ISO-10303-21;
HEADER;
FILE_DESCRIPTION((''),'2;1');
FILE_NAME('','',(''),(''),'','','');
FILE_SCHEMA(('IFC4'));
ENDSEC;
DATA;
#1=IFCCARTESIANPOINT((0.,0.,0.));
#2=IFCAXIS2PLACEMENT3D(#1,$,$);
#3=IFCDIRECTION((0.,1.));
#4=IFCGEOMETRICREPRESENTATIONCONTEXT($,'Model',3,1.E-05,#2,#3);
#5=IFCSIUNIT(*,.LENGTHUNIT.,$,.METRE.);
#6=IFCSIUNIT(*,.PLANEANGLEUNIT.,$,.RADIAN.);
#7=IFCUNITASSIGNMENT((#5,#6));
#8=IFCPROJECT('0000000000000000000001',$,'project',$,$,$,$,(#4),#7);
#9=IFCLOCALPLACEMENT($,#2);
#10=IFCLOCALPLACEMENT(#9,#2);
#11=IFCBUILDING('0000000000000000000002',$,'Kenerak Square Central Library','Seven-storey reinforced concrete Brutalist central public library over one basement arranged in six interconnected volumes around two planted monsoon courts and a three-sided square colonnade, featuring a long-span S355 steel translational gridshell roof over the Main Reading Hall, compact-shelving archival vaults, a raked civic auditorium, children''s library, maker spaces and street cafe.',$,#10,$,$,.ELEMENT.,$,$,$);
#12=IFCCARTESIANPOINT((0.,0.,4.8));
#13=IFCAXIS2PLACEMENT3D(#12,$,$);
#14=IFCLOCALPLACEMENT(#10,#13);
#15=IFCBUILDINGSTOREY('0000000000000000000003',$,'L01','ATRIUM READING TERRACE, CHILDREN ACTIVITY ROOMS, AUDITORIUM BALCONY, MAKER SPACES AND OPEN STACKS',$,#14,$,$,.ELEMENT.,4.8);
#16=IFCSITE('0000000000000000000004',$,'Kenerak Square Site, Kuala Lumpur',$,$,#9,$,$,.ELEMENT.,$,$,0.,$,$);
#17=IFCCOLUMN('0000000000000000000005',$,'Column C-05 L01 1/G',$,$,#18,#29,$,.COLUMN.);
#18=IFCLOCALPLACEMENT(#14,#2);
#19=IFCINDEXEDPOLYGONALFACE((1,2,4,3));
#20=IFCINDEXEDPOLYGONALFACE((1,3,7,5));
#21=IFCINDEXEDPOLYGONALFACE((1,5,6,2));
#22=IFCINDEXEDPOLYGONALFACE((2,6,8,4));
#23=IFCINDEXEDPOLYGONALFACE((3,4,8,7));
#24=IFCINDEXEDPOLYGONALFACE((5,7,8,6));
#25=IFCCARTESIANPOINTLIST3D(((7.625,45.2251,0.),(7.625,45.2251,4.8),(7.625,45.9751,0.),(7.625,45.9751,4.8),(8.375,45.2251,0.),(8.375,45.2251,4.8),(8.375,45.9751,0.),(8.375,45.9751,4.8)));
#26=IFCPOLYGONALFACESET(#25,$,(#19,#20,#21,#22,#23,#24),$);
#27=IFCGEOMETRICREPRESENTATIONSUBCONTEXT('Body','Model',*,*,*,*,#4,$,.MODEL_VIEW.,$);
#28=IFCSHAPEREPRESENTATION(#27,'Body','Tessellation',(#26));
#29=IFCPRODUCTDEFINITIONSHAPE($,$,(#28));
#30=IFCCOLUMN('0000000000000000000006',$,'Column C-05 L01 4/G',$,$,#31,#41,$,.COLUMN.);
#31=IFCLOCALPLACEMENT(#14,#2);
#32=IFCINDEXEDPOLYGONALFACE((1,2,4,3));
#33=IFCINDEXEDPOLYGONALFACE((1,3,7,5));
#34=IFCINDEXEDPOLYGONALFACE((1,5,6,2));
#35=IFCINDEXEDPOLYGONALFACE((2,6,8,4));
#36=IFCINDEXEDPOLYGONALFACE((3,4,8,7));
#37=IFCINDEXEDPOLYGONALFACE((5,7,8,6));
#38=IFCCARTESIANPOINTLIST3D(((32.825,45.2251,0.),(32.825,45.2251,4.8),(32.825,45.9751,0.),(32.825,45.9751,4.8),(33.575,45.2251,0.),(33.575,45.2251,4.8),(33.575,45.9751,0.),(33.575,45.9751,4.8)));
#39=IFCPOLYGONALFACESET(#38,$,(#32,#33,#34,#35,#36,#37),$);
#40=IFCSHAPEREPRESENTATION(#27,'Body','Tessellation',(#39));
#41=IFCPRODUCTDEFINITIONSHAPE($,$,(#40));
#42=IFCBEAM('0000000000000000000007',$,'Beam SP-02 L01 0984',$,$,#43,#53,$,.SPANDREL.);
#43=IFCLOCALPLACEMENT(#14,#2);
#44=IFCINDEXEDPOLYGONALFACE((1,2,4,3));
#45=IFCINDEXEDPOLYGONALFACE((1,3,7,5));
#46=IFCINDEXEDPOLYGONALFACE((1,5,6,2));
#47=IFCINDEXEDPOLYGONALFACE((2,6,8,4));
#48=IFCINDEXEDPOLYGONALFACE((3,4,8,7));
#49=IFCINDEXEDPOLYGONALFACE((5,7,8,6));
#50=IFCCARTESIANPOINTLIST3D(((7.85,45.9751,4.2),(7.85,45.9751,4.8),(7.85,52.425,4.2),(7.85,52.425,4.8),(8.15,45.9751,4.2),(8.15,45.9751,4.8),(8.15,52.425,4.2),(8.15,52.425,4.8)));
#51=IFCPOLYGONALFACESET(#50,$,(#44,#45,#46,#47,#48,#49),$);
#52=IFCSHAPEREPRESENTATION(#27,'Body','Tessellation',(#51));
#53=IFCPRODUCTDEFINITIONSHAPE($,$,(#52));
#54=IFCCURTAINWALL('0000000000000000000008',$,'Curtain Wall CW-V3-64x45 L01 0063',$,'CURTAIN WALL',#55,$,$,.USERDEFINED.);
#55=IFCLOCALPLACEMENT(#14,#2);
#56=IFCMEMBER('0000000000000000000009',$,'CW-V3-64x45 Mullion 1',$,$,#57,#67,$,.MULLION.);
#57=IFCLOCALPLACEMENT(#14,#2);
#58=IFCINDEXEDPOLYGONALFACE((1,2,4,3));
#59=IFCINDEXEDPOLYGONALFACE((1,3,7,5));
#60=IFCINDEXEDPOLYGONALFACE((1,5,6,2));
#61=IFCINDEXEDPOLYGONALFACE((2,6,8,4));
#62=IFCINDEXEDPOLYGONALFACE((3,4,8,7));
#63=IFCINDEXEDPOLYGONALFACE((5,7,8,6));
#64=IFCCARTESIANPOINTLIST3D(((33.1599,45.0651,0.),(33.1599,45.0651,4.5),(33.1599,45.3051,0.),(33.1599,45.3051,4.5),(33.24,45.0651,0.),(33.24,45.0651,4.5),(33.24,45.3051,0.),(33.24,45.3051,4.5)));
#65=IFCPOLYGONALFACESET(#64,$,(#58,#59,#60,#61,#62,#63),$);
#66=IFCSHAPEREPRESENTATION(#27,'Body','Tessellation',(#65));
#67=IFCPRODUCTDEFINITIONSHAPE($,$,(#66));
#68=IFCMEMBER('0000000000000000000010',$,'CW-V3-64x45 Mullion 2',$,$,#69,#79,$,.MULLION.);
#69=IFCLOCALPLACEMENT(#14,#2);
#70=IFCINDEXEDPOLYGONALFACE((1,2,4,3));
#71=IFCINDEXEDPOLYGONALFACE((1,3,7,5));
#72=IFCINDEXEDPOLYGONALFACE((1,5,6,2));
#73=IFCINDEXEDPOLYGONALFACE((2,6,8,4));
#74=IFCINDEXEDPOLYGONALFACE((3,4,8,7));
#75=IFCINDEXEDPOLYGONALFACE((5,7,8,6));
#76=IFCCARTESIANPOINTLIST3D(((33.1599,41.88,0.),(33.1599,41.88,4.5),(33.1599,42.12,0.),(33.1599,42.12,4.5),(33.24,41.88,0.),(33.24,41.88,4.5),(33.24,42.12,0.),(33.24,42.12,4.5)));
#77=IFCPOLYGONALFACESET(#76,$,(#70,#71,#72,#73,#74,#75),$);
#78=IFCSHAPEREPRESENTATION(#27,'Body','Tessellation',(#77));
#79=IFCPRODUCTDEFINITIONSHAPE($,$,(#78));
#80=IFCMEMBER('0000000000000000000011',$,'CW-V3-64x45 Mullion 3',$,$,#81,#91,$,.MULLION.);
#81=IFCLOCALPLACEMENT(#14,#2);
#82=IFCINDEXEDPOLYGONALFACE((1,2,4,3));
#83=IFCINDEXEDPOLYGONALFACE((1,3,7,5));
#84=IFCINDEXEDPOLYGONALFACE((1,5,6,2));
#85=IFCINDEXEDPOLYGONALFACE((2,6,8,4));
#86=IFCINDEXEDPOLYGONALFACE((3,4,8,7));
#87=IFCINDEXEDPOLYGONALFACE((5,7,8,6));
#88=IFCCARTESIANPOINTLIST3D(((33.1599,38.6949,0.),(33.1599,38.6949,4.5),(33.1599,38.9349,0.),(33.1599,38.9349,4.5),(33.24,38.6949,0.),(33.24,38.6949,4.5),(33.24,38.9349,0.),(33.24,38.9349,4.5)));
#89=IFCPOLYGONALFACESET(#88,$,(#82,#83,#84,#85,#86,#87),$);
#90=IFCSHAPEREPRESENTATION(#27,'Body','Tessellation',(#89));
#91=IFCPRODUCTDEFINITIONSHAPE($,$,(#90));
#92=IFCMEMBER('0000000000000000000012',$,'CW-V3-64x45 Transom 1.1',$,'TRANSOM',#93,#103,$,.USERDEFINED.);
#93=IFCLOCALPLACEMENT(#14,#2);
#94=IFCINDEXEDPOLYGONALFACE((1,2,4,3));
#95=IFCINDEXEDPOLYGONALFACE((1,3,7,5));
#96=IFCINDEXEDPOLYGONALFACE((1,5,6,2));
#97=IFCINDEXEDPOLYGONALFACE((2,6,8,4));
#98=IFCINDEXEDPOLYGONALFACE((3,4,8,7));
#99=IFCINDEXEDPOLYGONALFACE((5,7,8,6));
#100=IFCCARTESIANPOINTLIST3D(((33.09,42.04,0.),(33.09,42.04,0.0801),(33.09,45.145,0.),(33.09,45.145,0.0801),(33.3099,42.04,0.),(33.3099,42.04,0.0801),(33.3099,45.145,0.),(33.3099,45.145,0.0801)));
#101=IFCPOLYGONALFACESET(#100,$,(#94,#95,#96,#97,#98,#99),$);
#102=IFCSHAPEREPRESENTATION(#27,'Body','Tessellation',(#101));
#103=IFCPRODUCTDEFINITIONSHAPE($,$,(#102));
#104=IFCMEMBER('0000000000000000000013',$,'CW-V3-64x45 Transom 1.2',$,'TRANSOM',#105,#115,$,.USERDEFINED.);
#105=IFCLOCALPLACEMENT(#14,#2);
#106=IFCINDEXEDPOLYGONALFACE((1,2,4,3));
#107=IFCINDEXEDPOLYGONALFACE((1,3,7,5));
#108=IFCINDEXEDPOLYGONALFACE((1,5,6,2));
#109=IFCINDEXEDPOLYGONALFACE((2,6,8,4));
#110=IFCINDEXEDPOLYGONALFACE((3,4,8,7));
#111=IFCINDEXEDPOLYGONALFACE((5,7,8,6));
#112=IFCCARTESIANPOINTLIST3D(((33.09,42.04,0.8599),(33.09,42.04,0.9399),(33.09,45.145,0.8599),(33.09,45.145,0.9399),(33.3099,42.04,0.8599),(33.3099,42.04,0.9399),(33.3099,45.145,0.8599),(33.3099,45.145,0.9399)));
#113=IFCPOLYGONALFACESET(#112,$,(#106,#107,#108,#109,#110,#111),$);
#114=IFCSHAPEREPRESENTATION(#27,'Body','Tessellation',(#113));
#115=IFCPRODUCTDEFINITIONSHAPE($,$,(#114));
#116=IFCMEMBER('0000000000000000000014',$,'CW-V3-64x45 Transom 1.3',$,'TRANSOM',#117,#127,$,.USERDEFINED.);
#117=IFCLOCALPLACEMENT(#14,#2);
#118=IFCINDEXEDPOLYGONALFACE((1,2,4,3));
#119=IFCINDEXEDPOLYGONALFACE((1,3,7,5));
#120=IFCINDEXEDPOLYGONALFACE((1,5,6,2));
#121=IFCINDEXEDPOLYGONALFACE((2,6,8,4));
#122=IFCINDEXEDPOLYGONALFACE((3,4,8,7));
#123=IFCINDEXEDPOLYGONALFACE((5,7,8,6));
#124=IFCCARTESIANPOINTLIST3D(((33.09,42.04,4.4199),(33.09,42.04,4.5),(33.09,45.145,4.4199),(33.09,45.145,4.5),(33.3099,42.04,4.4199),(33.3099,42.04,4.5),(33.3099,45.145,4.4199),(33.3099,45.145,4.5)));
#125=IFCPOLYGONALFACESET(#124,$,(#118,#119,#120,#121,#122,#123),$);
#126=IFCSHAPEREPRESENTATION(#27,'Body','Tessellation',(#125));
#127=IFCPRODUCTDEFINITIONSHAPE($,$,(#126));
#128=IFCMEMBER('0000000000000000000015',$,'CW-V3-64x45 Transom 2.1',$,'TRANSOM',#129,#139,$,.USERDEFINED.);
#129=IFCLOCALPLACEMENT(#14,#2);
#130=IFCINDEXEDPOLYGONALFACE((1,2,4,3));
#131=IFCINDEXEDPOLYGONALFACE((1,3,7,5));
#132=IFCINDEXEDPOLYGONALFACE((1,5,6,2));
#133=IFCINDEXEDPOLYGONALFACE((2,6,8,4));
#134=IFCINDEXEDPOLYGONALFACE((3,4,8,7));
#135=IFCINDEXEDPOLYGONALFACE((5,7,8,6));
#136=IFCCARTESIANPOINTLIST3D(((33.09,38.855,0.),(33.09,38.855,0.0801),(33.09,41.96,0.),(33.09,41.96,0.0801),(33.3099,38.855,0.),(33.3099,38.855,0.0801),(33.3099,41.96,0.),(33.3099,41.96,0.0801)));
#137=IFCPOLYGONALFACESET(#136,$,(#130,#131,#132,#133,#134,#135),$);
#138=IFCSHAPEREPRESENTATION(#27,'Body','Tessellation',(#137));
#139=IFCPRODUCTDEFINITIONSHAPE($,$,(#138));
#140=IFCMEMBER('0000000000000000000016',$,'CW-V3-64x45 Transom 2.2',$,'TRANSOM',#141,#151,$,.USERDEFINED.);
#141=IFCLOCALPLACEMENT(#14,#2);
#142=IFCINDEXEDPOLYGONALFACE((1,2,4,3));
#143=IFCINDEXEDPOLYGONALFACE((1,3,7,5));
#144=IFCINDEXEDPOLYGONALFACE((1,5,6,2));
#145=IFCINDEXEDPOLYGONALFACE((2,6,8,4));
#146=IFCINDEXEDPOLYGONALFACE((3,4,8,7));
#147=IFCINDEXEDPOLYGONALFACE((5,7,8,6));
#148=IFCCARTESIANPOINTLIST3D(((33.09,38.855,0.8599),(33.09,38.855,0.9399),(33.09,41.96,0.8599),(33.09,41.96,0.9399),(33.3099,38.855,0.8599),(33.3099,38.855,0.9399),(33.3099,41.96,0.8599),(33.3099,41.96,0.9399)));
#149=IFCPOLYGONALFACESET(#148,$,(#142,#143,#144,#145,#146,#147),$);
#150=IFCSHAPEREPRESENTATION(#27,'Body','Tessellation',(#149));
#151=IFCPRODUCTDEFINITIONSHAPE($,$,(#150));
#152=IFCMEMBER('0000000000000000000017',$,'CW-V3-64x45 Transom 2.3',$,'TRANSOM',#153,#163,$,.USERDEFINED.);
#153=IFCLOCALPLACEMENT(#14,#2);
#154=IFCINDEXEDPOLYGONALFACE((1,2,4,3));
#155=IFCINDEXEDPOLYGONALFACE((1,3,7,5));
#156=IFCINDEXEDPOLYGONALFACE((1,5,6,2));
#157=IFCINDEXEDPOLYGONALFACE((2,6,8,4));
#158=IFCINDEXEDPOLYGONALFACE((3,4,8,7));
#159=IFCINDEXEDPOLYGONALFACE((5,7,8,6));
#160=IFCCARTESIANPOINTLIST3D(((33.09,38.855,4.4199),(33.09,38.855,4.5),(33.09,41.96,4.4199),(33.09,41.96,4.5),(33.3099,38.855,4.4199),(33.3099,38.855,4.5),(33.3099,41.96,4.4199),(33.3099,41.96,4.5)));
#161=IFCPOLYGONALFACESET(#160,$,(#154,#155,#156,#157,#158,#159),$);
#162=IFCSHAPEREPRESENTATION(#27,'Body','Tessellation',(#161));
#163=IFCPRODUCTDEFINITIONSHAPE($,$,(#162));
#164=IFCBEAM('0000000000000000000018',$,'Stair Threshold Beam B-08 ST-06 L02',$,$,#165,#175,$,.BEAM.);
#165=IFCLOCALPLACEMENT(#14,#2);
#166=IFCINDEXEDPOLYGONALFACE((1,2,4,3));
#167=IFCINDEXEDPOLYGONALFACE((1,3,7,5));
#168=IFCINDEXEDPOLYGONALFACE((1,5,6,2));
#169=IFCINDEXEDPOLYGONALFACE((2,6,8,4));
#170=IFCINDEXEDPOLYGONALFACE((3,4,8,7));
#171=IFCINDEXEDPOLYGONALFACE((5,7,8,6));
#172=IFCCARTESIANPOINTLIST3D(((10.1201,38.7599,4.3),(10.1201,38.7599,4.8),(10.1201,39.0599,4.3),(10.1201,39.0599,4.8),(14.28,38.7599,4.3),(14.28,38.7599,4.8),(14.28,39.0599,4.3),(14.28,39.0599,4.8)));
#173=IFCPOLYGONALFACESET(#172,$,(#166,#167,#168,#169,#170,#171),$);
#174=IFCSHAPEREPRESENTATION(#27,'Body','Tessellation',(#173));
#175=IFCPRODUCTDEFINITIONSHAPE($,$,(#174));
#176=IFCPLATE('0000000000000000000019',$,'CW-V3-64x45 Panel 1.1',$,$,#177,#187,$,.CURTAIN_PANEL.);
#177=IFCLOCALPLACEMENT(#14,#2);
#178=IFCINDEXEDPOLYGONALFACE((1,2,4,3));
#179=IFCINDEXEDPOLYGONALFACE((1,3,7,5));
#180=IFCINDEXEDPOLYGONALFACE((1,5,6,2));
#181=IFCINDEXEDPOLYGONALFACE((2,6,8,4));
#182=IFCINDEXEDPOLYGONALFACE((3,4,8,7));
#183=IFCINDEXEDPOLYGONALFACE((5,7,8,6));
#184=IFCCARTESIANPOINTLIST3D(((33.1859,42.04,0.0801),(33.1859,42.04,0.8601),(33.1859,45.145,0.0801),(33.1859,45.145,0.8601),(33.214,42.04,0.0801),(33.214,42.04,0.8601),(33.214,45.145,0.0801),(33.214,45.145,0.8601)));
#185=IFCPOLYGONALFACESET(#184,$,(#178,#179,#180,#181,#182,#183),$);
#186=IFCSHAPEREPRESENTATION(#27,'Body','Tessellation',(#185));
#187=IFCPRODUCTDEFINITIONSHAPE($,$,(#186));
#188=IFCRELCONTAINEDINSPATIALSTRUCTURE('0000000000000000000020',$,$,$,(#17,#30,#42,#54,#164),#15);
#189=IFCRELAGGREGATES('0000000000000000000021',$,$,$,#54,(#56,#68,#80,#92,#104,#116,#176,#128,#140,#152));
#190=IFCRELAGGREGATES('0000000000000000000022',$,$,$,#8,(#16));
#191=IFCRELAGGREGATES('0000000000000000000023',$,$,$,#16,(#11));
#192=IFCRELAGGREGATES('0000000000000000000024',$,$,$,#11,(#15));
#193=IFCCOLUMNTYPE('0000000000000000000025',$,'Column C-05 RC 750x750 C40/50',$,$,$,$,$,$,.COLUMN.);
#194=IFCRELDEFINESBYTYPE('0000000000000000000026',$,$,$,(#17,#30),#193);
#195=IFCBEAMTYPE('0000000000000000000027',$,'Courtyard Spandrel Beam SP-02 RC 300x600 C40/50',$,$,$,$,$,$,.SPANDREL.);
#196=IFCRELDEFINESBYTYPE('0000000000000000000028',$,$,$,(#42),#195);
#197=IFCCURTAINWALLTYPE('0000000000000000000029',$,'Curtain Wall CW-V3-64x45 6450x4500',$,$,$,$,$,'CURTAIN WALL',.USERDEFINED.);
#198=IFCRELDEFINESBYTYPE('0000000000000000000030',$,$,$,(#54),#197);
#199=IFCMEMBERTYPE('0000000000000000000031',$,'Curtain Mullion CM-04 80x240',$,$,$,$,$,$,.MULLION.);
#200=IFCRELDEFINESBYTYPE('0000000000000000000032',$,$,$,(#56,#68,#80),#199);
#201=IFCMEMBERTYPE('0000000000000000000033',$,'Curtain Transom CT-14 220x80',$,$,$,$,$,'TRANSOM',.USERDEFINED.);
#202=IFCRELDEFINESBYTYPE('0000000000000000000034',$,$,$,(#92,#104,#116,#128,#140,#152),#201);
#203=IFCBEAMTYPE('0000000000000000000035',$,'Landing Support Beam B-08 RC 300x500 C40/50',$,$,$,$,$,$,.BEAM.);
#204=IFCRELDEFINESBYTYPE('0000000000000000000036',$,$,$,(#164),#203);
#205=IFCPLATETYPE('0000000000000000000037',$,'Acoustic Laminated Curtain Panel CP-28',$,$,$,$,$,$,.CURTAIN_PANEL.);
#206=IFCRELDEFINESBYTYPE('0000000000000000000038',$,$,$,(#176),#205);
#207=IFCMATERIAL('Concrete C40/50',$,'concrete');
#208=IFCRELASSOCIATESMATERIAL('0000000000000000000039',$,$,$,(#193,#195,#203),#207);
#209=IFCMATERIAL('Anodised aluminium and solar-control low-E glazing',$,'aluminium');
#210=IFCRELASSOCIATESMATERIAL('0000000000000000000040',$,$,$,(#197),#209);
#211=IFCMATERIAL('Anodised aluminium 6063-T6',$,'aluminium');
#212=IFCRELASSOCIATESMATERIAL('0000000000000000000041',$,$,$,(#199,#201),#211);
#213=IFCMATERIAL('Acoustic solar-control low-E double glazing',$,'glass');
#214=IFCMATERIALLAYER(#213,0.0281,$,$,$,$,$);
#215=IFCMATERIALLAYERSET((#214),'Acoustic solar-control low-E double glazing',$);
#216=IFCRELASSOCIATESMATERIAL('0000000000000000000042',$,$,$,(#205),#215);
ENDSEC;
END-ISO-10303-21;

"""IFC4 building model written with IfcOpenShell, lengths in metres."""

from ifc_helpers import new_model, si_unit, direction, frame, origin, origin_2d, place, context, subcontext, project, spatial, rectangle, extrude, material, layer, layer_set, material_profile, profile_set, type_object, element, aggregate, save


model = new_model("IFC4")

# Units and contexts
model_context = context("Model", 3, precision=1e-05, world=origin(), true_north=direction((0.0, 1.0)))
body_context = subcontext(model_context, "Body", "Model", "MODEL_VIEW")
ifc_project = project(units=[si_unit("LENGTHUNIT", "METRE"), si_unit("PLANEANGLEUNIT", "RADIAN")], contexts=[model_context])

# Site, building, storey
site_placement = place(None, origin())
site = spatial("IfcSite", under=ifc_project, at=site_placement, Name="Kenerak Square Site, Kuala Lumpur", CompositionType="ELEMENT", RefElevation=0.0)
building_placement = place(site_placement, origin())
building = spatial("IfcBuilding", under=site, at=building_placement, Name="Kenerak Square Central Library", Description="Seven-storey reinforced concrete Brutalist central public library over one basement arranged in six interconnected volumes around two planted monsoon courts and a three-sided square colonnade, featuring a long-span S355 steel translational gridshell roof over the Main Reading Hall, compact-shelving archival vaults, a raked civic auditorium, children's library, maker spaces and street cafe.", CompositionType="ELEMENT")
storey_placement = place(building_placement, frame((0.0, 0.0, 4.8)))
storey = spatial("IfcBuildingStorey", under=building, at=storey_placement, Name="L01", Description="ATRIUM READING TERRACE, CHILDREN ACTIVITY ROOMS, AUDITORIUM BALCONY, MAKER SPACES AND OPEN STACKS", CompositionType="ELEMENT", Elevation=4.8)

# Columns
ifc_material_1 = material(Name="Concrete C40/50", Category="concrete")
ifc_material_profile_1 = material_profile(ifc_material_1, rectangle(XDim=0.75, YDim=0.75, at=origin_2d()), Name="RC 750x750")
ifc_profile_set_1 = profile_set([ifc_material_profile_1], Name="Concrete C40/50")
column_type = type_object("IfcColumnType", Name="Column C-05 RC 750x750 C40/50", PredefinedType="COLUMN", material=ifc_profile_set_1)
for number, where, z_axis, x_axis, name in (
    (1, (8.0, 45.6001, 0.0), (0.0, 0.0, 1.0), (1.0, 0.0, 0.0), "Column C-05 L01 1/G"),
    (2, (33.2, 45.6001, 0.0), (0.0, 0.0, 1.0), (1.0, 0.0, 0.0), "Column C-05 L01 4/G"),
):
    element("IfcColumn", number, at=place(storey_placement, frame(where, z_axis=z_axis, x_axis=x_axis)), inside=storey, type_object=column_type, Name=name, PredefinedType="COLUMN", context=body_context, shape_type="SweptSolid", body=[
        extrude(rectangle(XDim=0.75, YDim=0.75, at=origin_2d()), origin(), (0.0, 0.0, 1.0), 4.8),
    ])

# Beam
ifc_material_profile_2 = material_profile(ifc_material_1, rectangle(XDim=0.3, YDim=0.6001, at=origin_2d()), Name="RC 300x600")
ifc_profile_set_2 = profile_set([ifc_material_profile_2], Name="Concrete C40/50")
beam_type_1 = type_object("IfcBeamType", Name="Courtyard Spandrel Beam SP-02 RC 300x600 C40/50", PredefinedType="SPANDREL", material=ifc_profile_set_2)
beam_1_placement = place(storey_placement, frame((8.0, 45.9751, 4.5), z_axis=(0.0, 1.0, 0.0), x_axis=(-1.0, 0.0, 0.0)))
element("IfcBeam", 3, at=beam_1_placement, inside=storey, type_object=beam_type_1, Name="Beam SP-02 L01 0984", PredefinedType="SPANDREL", context=body_context, shape_type="SweptSolid", body=[
    extrude(rectangle(XDim=0.3, YDim=0.6001, at=origin_2d()), origin(), (0.0, 0.0, 1.0), 6.45),
])

# Curtain wall, members
ifc_material_2 = material(Name="Anodised aluminium and solar-control low-E glazing", Category="aluminium")
curtain_wall_type = type_object("IfcCurtainWallType", Name="Curtain Wall CW-V3-64x45 6450x4500", ElementType="CURTAIN WALL", PredefinedType="USERDEFINED", material=ifc_material_2)
curtain_wall_placement = place(storey_placement, origin())
curtain_wall = element("IfcCurtainWall", 4, at=curtain_wall_placement, inside=storey, type_object=curtain_wall_type, Name="Curtain Wall CW-V3-64x45 L01 0063", ObjectType="CURTAIN WALL", PredefinedType="USERDEFINED")
ifc_material_3 = material(Name="Anodised aluminium 6063-T6", Category="aluminium")
ifc_material_profile_3 = material_profile(ifc_material_3, rectangle(XDim=0.0801, YDim=0.24, at=origin_2d()), Name="AL MULLION 80x240")
ifc_profile_set_3 = profile_set([ifc_material_profile_3], Name="Anodised aluminium 6063-T6")
member_type_1 = type_object("IfcMemberType", Name="Curtain Mullion CM-04 80x240", PredefinedType="MULLION", material=ifc_profile_set_3)
member_1_placement = place(storey_placement, frame((33.2, 45.1851, 0.0), z_axis=(0.0, 0.0, 1.0), x_axis=(1.0, 0.0, 0.0)))
member_1 = element("IfcMember", 5, at=member_1_placement, type_object=member_type_1, Name="CW-V3-64x45 Mullion 1", PredefinedType="MULLION", context=body_context, shape_type="SweptSolid", body=[
    extrude(rectangle(XDim=0.0801, YDim=0.24, at=origin_2d()), origin(), (0.0, 0.0, 1.0), 4.5),
])
member_2_placement = place(storey_placement, frame((33.2, 42.0, 0.0), z_axis=(0.0, 0.0, 1.0), x_axis=(1.0, 0.0, 0.0)))
member_2 = element("IfcMember", 6, at=member_2_placement, type_object=member_type_1, Name="CW-V3-64x45 Mullion 2", PredefinedType="MULLION", context=body_context, shape_type="SweptSolid", body=[
    extrude(rectangle(XDim=0.0801, YDim=0.24, at=origin_2d()), origin(), (0.0, 0.0, 1.0), 4.5),
])
member_3_placement = place(storey_placement, frame((33.2, 38.8149, 0.0), z_axis=(0.0, 0.0, 1.0), x_axis=(1.0, 0.0, 0.0)))
member_3 = element("IfcMember", 7, at=member_3_placement, type_object=member_type_1, Name="CW-V3-64x45 Mullion 3", PredefinedType="MULLION", context=body_context, shape_type="SweptSolid", body=[
    extrude(rectangle(XDim=0.0801, YDim=0.24, at=origin_2d()), origin(), (0.0, 0.0, 1.0), 4.5),
])
ifc_material_profile_4 = material_profile(ifc_material_3, rectangle(XDim=0.22, YDim=0.0801, at=origin_2d()), Name="AL TRANSOM 220x80")
ifc_profile_set_4 = profile_set([ifc_material_profile_4], Name="Anodised aluminium 6063-T6")
member_type_2 = type_object("IfcMemberType", Name="Curtain Transom CT-14 220x80", ElementType="TRANSOM", PredefinedType="USERDEFINED", material=ifc_profile_set_4)
member_4_placement = place(storey_placement, frame((33.2, 45.145, 0.04), z_axis=(0.0, -1.0, 0.0), x_axis=(1.0, 0.0, 0.0)))
member_4 = element("IfcMember", 8, at=member_4_placement, type_object=member_type_2, Name="CW-V3-64x45 Transom 1.1", ObjectType="TRANSOM", PredefinedType="USERDEFINED", context=body_context, shape_type="SweptSolid", body=[
    extrude(rectangle(XDim=0.22, YDim=0.0801, at=origin_2d()), origin(), (0.0, 0.0, 1.0), 3.105),
])
member_5_placement = place(storey_placement, frame((33.2, 45.145, 0.8999), z_axis=(0.0, -1.0, 0.0), x_axis=(1.0, 0.0, 0.0)))
member_5 = element("IfcMember", 9, at=member_5_placement, type_object=member_type_2, Name="CW-V3-64x45 Transom 1.2", ObjectType="TRANSOM", PredefinedType="USERDEFINED", context=body_context, shape_type="SweptSolid", body=[
    extrude(rectangle(XDim=0.22, YDim=0.0801, at=origin_2d()), origin(), (0.0, 0.0, 1.0), 3.105),
])
member_6_placement = place(storey_placement, frame((33.2, 45.145, 4.46), z_axis=(0.0, -1.0, 0.0), x_axis=(1.0, 0.0, 0.0)))
member_6 = element("IfcMember", 10, at=member_6_placement, type_object=member_type_2, Name="CW-V3-64x45 Transom 1.3", ObjectType="TRANSOM", PredefinedType="USERDEFINED", context=body_context, shape_type="SweptSolid", body=[
    extrude(rectangle(XDim=0.22, YDim=0.0801, at=origin_2d()), origin(), (0.0, 0.0, 1.0), 3.105),
])
member_7_placement = place(storey_placement, frame((33.2, 41.96, 0.04), z_axis=(0.0, -1.0, 0.0), x_axis=(1.0, 0.0, 0.0)))
member_7 = element("IfcMember", 11, at=member_7_placement, type_object=member_type_2, Name="CW-V3-64x45 Transom 2.1", ObjectType="TRANSOM", PredefinedType="USERDEFINED", context=body_context, shape_type="SweptSolid", body=[
    extrude(rectangle(XDim=0.22, YDim=0.0801, at=origin_2d()), origin(), (0.0, 0.0, 1.0), 3.105),
])
member_8_placement = place(storey_placement, frame((33.2, 41.96, 0.8999), z_axis=(0.0, -1.0, 0.0), x_axis=(1.0, 0.0, 0.0)))
member_8 = element("IfcMember", 12, at=member_8_placement, type_object=member_type_2, Name="CW-V3-64x45 Transom 2.2", ObjectType="TRANSOM", PredefinedType="USERDEFINED", context=body_context, shape_type="SweptSolid", body=[
    extrude(rectangle(XDim=0.22, YDim=0.0801, at=origin_2d()), origin(), (0.0, 0.0, 1.0), 3.105),
])
member_9_placement = place(storey_placement, frame((33.2, 41.96, 4.46), z_axis=(0.0, -1.0, 0.0), x_axis=(1.0, 0.0, 0.0)))
member_9 = element("IfcMember", 13, at=member_9_placement, type_object=member_type_2, Name="CW-V3-64x45 Transom 2.3", ObjectType="TRANSOM", PredefinedType="USERDEFINED", context=body_context, shape_type="SweptSolid", body=[
    extrude(rectangle(XDim=0.22, YDim=0.0801, at=origin_2d()), origin(), (0.0, 0.0, 1.0), 3.105),
])

# Beam
ifc_material_profile_5 = material_profile(ifc_material_1, rectangle(XDim=0.3, YDim=0.5, at=origin_2d()), Name="RC 300x500")
ifc_profile_set_5 = profile_set([ifc_material_profile_5], Name="Concrete C40/50")
beam_type_2 = type_object("IfcBeamType", Name="Landing Support Beam B-08 RC 300x500 C40/50", PredefinedType="BEAM", material=ifc_profile_set_5)
beam_2_placement = place(storey_placement, frame((10.1201, 38.9099, 4.55), z_axis=(1.0, 0.0, 0.0), x_axis=(0.0, 1.0, 0.0)))
element("IfcBeam", 14, at=beam_2_placement, inside=storey, type_object=beam_type_2, Name="Stair Threshold Beam B-08 ST-06 L02", PredefinedType="BEAM", context=body_context, shape_type="SweptSolid", body=[
    extrude(rectangle(XDim=0.3, YDim=0.5, at=origin_2d()), origin(), (0.0, 0.0, 1.0), 4.1599),
])

# Plate
ifc_material_4 = material(Name="Acoustic solar-control low-E double glazing", Category="glass")
ifc_layer_1 = layer(ifc_material_4, 0.0281)
ifc_layer_set_1 = layer_set([ifc_layer_1], Name="Acoustic solar-control low-E double glazing")
plate_type = type_object("IfcPlateType", Name="Acoustic Laminated Curtain Panel CP-28", PredefinedType="CURTAIN_PANEL", material=ifc_layer_set_1)
plate_1_placement = place(storey_placement, frame((33.2, 43.5925, 0.0801), z_axis=(0.0, 0.0, 1.0), x_axis=(0.0, -1.0, 0.0)))
plate_1 = element("IfcPlate", 15, at=plate_1_placement, type_object=plate_type, Name="CW-V3-64x45 Panel 1.1", PredefinedType="CURTAIN_PANEL", context=body_context, shape_type="SweptSolid", body=[
    extrude(rectangle(XDim=3.105, YDim=0.0281, at=origin_2d()), origin(), (0.0, 0.0, 1.0), 0.78),
])
aggregate(curtain_wall, [member_1, member_2, member_3, member_4, member_5, member_6, plate_1, member_7, member_8, member_9])

save(model, "model.ifc")
